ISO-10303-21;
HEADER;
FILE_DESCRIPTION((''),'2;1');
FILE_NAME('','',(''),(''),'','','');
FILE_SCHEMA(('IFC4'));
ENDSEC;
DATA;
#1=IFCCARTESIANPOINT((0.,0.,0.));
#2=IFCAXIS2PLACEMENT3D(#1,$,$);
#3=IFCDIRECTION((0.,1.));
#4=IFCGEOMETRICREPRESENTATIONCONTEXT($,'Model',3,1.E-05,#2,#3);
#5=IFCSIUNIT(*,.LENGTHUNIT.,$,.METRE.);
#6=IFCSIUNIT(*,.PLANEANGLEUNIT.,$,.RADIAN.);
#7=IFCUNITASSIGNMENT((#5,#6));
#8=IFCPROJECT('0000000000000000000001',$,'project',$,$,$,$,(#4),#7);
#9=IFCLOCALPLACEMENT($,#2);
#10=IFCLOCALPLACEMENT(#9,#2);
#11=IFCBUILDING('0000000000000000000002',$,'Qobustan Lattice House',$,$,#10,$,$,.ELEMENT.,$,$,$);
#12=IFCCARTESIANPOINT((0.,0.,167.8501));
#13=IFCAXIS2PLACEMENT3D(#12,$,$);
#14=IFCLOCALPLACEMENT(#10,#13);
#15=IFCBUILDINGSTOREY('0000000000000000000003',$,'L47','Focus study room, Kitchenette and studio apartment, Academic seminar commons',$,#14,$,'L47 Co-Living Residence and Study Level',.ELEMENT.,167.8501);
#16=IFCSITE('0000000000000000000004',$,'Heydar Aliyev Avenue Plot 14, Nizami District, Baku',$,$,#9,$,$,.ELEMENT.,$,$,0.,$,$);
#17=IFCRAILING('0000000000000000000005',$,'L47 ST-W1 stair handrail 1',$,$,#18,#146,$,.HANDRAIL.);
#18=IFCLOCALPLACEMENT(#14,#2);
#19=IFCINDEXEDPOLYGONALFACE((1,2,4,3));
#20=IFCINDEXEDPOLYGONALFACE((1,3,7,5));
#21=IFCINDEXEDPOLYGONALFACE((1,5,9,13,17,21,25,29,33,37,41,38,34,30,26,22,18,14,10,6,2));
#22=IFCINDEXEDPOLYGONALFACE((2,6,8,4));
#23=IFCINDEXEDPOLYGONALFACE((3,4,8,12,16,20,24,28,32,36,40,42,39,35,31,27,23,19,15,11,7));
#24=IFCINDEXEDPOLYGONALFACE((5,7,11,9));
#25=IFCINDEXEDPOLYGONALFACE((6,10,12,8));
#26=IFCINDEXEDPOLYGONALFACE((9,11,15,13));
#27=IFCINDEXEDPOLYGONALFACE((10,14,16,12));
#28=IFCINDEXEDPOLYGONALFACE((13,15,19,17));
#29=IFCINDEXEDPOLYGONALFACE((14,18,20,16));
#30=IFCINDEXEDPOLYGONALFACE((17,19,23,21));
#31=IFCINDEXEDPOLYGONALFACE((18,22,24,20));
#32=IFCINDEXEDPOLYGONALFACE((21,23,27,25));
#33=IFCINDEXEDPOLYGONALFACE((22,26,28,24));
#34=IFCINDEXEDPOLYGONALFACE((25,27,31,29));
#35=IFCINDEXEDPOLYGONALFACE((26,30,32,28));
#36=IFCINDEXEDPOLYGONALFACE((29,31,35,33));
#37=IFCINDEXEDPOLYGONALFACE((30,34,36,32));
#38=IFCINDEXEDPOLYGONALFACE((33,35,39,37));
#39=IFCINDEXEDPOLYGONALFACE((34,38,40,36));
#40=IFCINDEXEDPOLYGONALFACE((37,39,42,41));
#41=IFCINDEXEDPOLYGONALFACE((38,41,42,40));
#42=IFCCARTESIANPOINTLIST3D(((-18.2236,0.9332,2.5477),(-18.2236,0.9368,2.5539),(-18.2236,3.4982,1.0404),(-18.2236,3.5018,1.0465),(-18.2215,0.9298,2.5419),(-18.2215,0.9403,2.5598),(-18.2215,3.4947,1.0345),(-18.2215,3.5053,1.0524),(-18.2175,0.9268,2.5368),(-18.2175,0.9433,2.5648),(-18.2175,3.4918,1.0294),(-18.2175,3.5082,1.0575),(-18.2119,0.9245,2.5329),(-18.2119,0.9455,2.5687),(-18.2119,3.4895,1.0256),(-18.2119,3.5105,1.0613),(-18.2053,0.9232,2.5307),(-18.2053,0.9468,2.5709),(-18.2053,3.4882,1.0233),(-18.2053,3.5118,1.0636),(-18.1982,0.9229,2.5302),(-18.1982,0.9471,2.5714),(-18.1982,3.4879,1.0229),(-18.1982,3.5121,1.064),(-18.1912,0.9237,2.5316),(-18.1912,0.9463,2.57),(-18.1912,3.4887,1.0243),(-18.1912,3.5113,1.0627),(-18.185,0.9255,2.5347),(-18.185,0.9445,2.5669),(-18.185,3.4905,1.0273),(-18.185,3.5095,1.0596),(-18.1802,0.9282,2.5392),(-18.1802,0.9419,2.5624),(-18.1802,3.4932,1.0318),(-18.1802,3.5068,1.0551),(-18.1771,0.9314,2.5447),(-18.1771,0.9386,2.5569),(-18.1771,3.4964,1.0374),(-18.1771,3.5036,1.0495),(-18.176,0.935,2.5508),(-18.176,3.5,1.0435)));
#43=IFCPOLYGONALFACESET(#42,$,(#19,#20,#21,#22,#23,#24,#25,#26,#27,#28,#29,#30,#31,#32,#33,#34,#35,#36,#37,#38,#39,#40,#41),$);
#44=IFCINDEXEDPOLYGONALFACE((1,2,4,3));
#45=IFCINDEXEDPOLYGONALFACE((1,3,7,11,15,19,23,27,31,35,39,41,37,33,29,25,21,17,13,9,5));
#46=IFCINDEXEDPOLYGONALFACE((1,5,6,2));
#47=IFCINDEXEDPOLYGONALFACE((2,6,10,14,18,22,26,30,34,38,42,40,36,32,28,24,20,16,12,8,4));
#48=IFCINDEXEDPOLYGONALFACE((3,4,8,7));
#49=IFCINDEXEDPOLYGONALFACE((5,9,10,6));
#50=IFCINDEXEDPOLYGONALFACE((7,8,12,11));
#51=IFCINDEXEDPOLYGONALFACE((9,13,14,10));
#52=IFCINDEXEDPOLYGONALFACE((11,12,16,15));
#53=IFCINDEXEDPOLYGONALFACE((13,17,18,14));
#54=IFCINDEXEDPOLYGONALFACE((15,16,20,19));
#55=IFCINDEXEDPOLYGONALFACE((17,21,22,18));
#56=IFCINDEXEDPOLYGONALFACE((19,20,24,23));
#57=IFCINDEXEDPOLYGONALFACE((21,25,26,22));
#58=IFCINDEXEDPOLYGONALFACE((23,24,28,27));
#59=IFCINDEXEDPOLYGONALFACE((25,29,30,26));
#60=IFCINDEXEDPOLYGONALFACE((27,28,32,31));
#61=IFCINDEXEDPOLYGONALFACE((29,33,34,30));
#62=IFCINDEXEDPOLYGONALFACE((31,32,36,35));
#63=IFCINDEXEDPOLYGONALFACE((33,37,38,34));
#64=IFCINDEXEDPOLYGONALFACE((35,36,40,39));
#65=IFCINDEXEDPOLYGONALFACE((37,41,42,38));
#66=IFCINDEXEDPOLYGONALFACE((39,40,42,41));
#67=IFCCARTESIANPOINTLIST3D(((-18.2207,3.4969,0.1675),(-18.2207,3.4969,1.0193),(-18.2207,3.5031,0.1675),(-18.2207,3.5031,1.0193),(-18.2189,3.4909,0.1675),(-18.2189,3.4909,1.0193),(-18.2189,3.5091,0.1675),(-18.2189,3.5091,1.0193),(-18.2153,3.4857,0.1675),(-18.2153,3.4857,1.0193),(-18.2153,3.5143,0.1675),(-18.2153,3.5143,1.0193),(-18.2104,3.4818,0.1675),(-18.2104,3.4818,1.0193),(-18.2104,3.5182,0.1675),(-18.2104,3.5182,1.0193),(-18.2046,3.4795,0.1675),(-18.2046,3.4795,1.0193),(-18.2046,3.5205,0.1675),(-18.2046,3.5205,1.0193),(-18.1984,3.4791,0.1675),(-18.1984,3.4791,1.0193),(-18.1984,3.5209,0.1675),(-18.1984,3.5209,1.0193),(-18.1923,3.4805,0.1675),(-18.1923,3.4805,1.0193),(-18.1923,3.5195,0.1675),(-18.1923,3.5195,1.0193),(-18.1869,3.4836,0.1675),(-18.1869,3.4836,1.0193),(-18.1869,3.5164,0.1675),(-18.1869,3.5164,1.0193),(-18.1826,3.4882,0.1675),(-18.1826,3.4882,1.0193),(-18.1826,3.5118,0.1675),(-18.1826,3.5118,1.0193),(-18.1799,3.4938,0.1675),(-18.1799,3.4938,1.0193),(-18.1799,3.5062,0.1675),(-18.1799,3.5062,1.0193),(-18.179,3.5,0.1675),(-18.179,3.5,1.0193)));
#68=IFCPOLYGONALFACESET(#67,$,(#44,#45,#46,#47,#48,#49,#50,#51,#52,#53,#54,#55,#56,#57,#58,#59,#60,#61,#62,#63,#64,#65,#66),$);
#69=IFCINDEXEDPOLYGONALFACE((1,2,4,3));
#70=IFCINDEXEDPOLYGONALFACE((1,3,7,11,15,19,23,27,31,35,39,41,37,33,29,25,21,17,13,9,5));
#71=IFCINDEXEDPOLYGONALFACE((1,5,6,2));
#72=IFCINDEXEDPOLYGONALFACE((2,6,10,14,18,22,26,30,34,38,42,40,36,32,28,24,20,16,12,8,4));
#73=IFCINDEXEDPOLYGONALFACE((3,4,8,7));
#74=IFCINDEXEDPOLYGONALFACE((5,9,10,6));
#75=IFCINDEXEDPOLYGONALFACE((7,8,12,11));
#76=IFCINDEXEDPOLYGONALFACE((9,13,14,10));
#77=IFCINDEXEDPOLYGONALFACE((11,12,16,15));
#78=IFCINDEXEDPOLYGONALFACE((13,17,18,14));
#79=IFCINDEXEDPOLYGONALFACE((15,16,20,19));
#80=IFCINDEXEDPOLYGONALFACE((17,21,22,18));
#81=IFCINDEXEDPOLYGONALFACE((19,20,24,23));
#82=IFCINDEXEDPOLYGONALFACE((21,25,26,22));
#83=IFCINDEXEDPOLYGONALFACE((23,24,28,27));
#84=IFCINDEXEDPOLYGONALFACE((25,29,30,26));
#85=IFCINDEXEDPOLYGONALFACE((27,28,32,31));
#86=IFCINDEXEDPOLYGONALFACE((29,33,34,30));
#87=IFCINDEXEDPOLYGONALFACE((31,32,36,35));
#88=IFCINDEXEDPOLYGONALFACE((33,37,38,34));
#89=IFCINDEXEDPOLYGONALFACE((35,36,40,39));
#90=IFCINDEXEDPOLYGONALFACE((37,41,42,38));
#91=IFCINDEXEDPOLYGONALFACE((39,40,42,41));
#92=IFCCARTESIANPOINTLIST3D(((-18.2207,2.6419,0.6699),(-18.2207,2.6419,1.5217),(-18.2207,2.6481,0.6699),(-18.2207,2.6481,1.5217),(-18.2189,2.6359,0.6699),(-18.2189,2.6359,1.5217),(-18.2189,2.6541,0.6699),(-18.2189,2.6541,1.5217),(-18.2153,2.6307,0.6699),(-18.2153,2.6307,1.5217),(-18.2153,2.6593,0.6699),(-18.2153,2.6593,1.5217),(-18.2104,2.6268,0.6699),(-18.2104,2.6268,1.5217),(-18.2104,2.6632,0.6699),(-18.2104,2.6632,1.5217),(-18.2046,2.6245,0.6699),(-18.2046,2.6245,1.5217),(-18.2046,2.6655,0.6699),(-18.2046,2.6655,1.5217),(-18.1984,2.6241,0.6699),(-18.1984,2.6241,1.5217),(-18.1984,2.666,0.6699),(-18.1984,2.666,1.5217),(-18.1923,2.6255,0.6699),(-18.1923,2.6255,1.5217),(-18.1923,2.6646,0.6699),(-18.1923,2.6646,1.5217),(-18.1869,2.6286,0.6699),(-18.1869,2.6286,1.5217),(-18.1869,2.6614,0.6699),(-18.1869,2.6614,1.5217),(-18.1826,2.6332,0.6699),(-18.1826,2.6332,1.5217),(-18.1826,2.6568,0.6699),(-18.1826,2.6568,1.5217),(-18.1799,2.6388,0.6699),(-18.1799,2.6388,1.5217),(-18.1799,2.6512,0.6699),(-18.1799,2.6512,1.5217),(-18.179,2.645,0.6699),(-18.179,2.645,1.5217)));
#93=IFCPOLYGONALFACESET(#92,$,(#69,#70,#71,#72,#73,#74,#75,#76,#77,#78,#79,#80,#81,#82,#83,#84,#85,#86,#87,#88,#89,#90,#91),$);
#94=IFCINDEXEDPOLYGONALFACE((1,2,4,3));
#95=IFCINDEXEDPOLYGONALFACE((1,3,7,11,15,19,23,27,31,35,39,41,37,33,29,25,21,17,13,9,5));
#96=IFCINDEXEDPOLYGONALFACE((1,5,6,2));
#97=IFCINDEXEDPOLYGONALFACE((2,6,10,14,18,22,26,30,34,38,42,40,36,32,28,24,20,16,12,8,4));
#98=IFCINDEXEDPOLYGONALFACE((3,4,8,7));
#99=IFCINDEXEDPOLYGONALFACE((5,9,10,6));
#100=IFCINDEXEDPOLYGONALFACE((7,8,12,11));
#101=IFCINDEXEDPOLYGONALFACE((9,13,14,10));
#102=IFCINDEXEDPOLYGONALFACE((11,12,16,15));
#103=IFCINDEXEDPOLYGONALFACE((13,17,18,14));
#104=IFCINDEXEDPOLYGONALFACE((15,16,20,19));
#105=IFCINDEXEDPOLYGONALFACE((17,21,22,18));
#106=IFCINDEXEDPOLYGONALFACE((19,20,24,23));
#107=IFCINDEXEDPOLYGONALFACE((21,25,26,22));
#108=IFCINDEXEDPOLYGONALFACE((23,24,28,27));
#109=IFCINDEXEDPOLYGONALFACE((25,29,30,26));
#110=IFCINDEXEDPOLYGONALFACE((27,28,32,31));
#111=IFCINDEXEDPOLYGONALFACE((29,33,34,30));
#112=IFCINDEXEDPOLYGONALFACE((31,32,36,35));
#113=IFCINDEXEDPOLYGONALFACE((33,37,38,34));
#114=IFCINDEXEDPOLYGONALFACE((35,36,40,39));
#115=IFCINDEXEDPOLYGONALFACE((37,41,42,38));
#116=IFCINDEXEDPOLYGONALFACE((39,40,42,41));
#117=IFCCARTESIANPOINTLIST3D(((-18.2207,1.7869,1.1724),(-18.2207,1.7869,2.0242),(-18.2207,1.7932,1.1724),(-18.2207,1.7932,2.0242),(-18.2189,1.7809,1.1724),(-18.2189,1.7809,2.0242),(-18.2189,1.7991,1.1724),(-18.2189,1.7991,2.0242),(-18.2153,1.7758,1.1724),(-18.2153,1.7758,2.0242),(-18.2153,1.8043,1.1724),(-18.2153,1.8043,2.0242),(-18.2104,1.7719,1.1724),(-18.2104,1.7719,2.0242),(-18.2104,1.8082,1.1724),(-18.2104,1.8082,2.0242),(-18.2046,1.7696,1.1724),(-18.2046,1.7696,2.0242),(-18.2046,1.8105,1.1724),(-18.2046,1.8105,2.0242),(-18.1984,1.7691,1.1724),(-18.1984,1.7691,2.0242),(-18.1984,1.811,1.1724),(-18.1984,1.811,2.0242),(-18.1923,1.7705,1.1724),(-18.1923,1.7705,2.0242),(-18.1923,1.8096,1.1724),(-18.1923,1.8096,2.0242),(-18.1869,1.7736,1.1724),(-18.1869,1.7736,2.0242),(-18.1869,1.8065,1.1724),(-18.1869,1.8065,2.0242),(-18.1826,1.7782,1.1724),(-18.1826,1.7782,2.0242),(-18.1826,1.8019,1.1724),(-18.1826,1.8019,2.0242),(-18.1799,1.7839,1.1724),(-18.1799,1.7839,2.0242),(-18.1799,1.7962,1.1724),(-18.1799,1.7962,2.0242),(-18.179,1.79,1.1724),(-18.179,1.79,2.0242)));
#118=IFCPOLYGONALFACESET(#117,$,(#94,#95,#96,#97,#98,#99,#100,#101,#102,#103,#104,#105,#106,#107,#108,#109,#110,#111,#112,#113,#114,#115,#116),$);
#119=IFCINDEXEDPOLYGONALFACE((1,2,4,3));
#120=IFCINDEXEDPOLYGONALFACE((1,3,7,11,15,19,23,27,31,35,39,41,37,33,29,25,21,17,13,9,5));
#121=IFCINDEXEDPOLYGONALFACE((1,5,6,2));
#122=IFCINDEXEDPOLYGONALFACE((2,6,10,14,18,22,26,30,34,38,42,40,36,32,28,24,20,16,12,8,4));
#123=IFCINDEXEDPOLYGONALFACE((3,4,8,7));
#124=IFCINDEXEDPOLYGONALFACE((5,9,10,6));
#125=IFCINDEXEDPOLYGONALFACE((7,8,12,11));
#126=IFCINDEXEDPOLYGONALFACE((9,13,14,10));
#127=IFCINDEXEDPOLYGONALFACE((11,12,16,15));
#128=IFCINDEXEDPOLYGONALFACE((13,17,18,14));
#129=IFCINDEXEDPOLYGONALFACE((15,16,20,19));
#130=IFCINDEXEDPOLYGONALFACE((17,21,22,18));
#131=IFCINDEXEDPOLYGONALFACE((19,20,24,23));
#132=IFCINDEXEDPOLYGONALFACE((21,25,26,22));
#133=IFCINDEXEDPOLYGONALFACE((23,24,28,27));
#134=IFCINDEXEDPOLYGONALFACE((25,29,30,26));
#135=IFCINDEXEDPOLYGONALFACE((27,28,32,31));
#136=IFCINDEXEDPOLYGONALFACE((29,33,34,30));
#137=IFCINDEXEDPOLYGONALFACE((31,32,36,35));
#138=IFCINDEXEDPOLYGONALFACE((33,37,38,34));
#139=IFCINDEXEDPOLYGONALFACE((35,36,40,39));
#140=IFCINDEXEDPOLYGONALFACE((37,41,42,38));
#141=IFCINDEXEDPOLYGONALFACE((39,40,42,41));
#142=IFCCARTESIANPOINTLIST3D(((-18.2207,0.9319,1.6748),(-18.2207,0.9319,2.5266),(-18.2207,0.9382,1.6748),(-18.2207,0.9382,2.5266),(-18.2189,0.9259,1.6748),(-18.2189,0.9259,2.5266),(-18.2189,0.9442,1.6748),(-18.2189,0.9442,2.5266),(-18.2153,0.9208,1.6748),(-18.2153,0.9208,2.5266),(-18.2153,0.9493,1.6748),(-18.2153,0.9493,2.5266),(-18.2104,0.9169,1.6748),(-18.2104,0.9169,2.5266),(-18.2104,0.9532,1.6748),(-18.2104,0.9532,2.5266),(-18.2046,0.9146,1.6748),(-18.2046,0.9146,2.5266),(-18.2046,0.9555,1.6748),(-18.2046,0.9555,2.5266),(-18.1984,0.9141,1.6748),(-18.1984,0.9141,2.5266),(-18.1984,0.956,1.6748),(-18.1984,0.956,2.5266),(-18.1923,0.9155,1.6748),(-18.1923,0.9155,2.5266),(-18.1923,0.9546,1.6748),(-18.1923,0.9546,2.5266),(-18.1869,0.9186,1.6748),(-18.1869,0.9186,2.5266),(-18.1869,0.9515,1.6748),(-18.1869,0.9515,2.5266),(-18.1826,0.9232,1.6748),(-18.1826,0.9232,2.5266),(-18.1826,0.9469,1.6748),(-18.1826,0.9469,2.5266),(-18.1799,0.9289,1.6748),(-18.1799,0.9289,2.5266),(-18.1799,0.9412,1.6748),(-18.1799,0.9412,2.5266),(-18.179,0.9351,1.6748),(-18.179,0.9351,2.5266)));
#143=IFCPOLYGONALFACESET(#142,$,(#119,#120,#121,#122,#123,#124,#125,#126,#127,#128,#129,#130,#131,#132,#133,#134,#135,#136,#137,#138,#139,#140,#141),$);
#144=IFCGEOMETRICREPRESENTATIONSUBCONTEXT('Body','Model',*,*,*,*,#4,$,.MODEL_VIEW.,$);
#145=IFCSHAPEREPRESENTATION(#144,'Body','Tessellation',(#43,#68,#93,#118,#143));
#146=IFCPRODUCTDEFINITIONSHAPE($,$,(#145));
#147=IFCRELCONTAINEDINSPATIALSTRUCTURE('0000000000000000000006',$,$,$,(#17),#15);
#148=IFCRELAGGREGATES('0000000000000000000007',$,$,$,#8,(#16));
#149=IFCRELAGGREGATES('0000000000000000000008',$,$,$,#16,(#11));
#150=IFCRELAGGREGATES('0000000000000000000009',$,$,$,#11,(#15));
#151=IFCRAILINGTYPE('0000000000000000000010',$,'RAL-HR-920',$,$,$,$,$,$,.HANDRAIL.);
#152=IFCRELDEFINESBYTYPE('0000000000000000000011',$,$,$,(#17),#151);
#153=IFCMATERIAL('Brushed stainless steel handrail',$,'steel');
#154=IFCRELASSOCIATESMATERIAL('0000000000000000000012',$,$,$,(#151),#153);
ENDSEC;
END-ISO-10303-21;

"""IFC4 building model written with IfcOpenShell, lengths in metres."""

from ifc_helpers import new_model, si_unit, direction, frame, origin, origin_2d, place, context, subcontext, project, spatial, circle, extrude, material, type_object, element, save


model = new_model("IFC4")

# Units and contexts
model_context = context("Model", 3, precision=1e-05, world=origin(), true_north=direction((0.0, 1.0)))
body_context = subcontext(model_context, "Body", "Model", "MODEL_VIEW")
ifc_project = project(units=[si_unit("LENGTHUNIT", "METRE"), si_unit("PLANEANGLEUNIT", "RADIAN")], contexts=[model_context])

# Site, building, storey
site_placement = place(None, origin())
site = spatial("IfcSite", under=ifc_project, at=site_placement, Name="Heydar Aliyev Avenue Plot 14, Nizami District, Baku", CompositionType="ELEMENT", RefElevation=0.0)
building_placement = place(site_placement, origin())
building = spatial("IfcBuilding", under=site, at=building_placement, Name="Qobustan Lattice House", CompositionType="ELEMENT")
storey_placement = place(building_placement, frame((0.0, 0.0, 167.8501)))
storey = spatial("IfcBuildingStorey", under=building, at=storey_placement, Name="L47", Description="Focus study room, Kitchenette and studio apartment, Academic seminar commons", LongName="L47 Co-Living Residence and Study Level", CompositionType="ELEMENT", Elevation=167.8501)

# Railing
ifc_material_1 = material(Name="Brushed stainless steel handrail", Category="steel")
railing_type_1 = type_object("IfcRailingType", Name="RAL-HR-920", PredefinedType="HANDRAIL", material=ifc_material_1)
railing_1_placement = place(storey_placement, frame((-18.2, 3.5, 0.1675)))
element("IfcRailing", 1, at=railing_1_placement, inside=storey, type_object=railing_type_1, Name="L47 ST-W1 stair handrail 1", PredefinedType="HANDRAIL", context=body_context, shape_type="SweptSolid", body=[
    extrude(circle(Radius=0.0239, at=origin_2d()), frame((0.0, 0.0, 0.876), z_axis=(0.0, -0.862149, 0.506654), x_axis=(1.0, 0.0, 0.0)), (0.0, 0.0, 1.0), 2.9751),
    extrude(circle(Radius=0.021, at=origin_2d()), origin(), (0.0, 0.0, 1.0), 0.8518),
    extrude(circle(Radius=0.021, at=origin_2d()), frame((0.0, -0.855, 0.5024)), (0.0, 0.0, 1.0), 0.8518),
    extrude(circle(Radius=0.021, at=origin_2d()), frame((0.0, -1.71, 1.0049)), (0.0, 0.0, 1.0), 0.8518),
    extrude(circle(Radius=0.021, at=origin_2d()), frame((0.0, -2.5649, 1.5073)), (0.0, 0.0, 1.0), 0.8518),
])

save(model, "model.ifc")
